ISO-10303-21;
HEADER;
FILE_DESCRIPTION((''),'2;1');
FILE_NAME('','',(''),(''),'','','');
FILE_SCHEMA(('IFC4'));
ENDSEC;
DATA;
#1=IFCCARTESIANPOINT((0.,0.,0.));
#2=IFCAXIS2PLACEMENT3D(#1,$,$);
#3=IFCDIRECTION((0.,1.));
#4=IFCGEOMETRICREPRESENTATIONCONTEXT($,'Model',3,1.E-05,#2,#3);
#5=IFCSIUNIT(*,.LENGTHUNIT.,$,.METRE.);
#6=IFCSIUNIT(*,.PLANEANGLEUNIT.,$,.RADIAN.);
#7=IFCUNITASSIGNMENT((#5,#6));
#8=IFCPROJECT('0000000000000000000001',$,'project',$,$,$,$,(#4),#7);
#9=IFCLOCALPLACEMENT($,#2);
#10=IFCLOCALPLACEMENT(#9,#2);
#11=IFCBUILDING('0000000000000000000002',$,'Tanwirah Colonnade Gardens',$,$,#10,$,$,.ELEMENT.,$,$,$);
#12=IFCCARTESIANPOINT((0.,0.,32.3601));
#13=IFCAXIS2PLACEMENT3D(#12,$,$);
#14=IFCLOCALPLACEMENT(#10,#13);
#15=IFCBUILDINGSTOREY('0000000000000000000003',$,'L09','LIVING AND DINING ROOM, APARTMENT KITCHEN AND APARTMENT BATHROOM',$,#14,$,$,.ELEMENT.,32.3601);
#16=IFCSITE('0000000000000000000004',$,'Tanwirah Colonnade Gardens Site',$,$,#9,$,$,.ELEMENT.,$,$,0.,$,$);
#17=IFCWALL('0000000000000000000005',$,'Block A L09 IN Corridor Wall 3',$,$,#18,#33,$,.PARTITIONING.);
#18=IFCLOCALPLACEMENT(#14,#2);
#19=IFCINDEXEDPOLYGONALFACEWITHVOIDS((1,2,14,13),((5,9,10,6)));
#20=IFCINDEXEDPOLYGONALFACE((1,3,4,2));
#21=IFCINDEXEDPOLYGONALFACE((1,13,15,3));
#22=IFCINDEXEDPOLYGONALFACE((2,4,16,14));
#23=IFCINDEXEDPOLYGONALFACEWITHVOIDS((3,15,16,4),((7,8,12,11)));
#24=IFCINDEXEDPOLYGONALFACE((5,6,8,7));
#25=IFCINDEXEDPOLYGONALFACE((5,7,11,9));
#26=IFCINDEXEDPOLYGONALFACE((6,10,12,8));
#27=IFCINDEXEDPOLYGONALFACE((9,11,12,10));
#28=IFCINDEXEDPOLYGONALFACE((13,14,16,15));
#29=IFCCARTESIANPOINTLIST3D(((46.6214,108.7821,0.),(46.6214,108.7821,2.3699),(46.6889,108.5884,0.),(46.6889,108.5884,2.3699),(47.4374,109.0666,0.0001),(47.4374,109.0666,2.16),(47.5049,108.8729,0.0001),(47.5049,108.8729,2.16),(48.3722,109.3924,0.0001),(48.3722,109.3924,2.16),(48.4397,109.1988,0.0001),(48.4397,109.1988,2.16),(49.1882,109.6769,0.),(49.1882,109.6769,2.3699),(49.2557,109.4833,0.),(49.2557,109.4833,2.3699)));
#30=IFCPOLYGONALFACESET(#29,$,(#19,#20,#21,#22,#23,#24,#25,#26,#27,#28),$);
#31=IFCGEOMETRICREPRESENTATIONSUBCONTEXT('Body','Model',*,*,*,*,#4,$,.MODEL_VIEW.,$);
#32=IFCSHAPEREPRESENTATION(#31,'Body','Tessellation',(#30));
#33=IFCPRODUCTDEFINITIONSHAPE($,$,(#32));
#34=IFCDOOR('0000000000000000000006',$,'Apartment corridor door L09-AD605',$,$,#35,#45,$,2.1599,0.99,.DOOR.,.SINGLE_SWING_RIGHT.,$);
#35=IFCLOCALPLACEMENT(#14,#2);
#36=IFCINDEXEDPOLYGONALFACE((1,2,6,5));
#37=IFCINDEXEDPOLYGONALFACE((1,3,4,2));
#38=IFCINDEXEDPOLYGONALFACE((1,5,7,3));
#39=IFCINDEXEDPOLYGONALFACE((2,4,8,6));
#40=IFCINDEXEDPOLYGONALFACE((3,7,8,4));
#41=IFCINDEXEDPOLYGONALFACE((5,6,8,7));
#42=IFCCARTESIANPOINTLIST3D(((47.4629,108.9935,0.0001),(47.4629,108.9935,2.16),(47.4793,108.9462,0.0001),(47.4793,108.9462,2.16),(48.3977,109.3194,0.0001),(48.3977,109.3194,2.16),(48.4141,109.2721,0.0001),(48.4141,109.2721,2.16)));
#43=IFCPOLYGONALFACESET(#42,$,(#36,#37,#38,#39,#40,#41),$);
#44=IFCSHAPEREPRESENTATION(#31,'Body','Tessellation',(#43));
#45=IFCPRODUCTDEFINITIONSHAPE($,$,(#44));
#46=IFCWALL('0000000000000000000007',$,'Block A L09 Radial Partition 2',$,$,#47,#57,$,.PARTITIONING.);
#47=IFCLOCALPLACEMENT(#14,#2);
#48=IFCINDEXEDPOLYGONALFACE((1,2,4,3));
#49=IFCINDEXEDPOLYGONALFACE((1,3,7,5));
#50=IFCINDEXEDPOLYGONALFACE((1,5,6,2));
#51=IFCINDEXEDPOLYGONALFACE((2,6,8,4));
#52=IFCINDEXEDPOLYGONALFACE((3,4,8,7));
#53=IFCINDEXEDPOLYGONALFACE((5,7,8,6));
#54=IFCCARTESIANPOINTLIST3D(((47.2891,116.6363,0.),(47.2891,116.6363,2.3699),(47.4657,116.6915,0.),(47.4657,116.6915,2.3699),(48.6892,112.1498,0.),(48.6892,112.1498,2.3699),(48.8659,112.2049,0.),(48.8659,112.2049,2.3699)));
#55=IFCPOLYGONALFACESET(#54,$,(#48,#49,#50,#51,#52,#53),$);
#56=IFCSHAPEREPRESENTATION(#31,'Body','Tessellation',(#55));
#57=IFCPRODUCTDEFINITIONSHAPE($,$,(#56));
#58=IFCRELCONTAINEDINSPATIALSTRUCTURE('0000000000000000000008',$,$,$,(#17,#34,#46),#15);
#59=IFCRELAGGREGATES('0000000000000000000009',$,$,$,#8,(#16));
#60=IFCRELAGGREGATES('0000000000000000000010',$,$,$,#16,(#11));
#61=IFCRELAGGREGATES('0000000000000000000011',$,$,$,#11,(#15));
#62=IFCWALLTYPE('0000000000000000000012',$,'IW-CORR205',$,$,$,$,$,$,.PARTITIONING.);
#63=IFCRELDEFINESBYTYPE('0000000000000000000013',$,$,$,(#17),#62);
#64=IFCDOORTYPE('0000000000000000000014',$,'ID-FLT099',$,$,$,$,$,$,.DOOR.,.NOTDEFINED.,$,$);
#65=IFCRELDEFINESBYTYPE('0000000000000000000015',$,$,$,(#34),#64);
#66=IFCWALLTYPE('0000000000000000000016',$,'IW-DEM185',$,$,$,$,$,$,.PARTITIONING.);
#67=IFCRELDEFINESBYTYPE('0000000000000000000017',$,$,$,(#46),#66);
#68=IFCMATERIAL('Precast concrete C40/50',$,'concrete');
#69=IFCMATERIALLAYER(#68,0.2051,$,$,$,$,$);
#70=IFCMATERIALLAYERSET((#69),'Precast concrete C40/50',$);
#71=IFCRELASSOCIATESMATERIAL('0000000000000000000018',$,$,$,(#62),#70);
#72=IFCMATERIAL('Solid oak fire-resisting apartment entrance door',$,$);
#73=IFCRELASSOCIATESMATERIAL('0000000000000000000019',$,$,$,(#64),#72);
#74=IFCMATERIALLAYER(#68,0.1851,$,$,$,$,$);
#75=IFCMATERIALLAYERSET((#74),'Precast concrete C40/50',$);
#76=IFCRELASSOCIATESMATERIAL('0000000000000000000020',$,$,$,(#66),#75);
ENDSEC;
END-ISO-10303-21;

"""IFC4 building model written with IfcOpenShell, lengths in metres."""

from ifc_helpers import new_model, si_unit, direction, frame, frame_2d, origin, place, context, subcontext, project, spatial, rectangle, extrude, material, layer, layer_set, type_object, element, fill, save


model = new_model("IFC4")

# Units and contexts
model_context = context("Model", 3, precision=1e-05, world=origin(), true_north=direction((0.0, 1.0)))
body_context = subcontext(model_context, "Body", "Model", "MODEL_VIEW")
ifc_project = project(units=[si_unit("LENGTHUNIT", "METRE"), si_unit("PLANEANGLEUNIT", "RADIAN")], contexts=[model_context])

# Site, building, storey
site_placement = place(None, origin())
site = spatial("IfcSite", under=ifc_project, at=site_placement, Name="Tanwirah Colonnade Gardens Site", CompositionType="ELEMENT", RefElevation=0.0)
building_placement = place(site_placement, origin())
building = spatial("IfcBuilding", under=site, at=building_placement, Name="Tanwirah Colonnade Gardens", CompositionType="ELEMENT")
storey_placement = place(building_placement, frame((0.0, 0.0, 32.3601)))
storey = spatial("IfcBuildingStorey", under=building, at=storey_placement, Name="L09", Description="LIVING AND DINING ROOM, APARTMENT KITCHEN AND APARTMENT BATHROOM", CompositionType="ELEMENT", Elevation=32.3601)

# Shared definitions
ifc_material_1 = material(Name="Precast concrete C40/50", Category="concrete")

# Wall, opening, door
ifc_layer_1 = layer(ifc_material_1, 0.2051)
ifc_layer_set_1 = layer_set([ifc_layer_1], Name="Precast concrete C40/50")
wall_type_1 = type_object("IfcWallType", Name="IW-CORR205", PredefinedType="PARTITIONING", material=ifc_layer_set_1)
ifc_material_2 = material(Name="Solid oak fire-resisting apartment entrance door")
wall_1_placement = place(storey_placement, frame((49.2219, 109.5801, 0.0), z_axis=(0.0, 0.0, 1.0), x_axis=(-0.944265, -0.329186, 0.0)))
wall_1 = element("IfcWall", 1, at=wall_1_placement, inside=storey, type_object=wall_type_1, Name="Block A L09 IN Corridor Wall 3", PredefinedType="PARTITIONING", context=body_context, shape_type="SweptSolid", body=[
    extrude(rectangle(XDim=2.7183, YDim=0.2051, at=frame_2d((1.3591, 0.0))), origin(), (0.0, 0.0, 1.0), 2.3699),
])
opening_1_placement = place(wall_1_placement, frame((0.864, 0.0, 0.0)))
opening_1 = element("IfcOpeningElement", 2, at=opening_1_placement, cuts=wall_1, PredefinedType="OPENING", context=body_context, shape_type="SweptSolid", body=[
    extrude(rectangle(XDim=0.99, YDim=2.1599, at=frame_2d((0.4951, 1.0801))), frame((0.0, 0.1125, 0.0), z_axis=(0.0, -1.0, 0.0), x_axis=(1.0, 0.0, 0.0)), (0.0, 0.0, 1.0), 0.2251),
])
door_type_1 = type_object("IfcDoorType", Name="ID-FLT099", OperationType="NOTDEFINED", PredefinedType="DOOR", material=ifc_material_2)
door_1_placement = place(opening_1_placement, origin())
door_1 = element("IfcDoor", 3, at=door_1_placement, inside=storey, type_object=door_type_1, Name="Apartment corridor door L09-AD605", OperationType="SINGLE_SWING_RIGHT", OverallHeight=2.1599, OverallWidth=0.99, PredefinedType="DOOR", context=body_context, shape_type="SweptSolid", body=[
    extrude(rectangle(XDim=0.99, YDim=2.1599, at=frame_2d((0.4951, 1.0801))), frame((0.0, 0.0249, 0.0), z_axis=(0.0, -1.0, 0.0), x_axis=(1.0, 0.0, 0.0)), (0.0, 0.0, 1.0), 0.05),
])
fill(opening_1, door_1)

# Wall
ifc_layer_2 = layer(ifc_material_1, 0.1851)
ifc_layer_set_2 = layer_set([ifc_layer_2], Name="Precast concrete C40/50")
wall_type_2 = type_object("IfcWallType", Name="IW-DEM185", PredefinedType="PARTITIONING", material=ifc_layer_set_2)
wall_2_placement = place(storey_placement, frame((48.7776, 112.1772, 0.0), z_axis=(0.0, 0.0, 1.0), x_axis=(-0.297905, 0.954595, 0.0)))
element("IfcWall", 4, at=wall_2_placement, inside=storey, type_object=wall_type_2, Name="Block A L09 Radial Partition 2", PredefinedType="PARTITIONING", context=body_context, shape_type="SweptSolid", body=[
    extrude(rectangle(XDim=4.7, YDim=0.1851, at=frame_2d((2.3501, 0.0))), origin(), (0.0, 0.0, 1.0), 2.3699),
])

save(model, "model.ifc")
